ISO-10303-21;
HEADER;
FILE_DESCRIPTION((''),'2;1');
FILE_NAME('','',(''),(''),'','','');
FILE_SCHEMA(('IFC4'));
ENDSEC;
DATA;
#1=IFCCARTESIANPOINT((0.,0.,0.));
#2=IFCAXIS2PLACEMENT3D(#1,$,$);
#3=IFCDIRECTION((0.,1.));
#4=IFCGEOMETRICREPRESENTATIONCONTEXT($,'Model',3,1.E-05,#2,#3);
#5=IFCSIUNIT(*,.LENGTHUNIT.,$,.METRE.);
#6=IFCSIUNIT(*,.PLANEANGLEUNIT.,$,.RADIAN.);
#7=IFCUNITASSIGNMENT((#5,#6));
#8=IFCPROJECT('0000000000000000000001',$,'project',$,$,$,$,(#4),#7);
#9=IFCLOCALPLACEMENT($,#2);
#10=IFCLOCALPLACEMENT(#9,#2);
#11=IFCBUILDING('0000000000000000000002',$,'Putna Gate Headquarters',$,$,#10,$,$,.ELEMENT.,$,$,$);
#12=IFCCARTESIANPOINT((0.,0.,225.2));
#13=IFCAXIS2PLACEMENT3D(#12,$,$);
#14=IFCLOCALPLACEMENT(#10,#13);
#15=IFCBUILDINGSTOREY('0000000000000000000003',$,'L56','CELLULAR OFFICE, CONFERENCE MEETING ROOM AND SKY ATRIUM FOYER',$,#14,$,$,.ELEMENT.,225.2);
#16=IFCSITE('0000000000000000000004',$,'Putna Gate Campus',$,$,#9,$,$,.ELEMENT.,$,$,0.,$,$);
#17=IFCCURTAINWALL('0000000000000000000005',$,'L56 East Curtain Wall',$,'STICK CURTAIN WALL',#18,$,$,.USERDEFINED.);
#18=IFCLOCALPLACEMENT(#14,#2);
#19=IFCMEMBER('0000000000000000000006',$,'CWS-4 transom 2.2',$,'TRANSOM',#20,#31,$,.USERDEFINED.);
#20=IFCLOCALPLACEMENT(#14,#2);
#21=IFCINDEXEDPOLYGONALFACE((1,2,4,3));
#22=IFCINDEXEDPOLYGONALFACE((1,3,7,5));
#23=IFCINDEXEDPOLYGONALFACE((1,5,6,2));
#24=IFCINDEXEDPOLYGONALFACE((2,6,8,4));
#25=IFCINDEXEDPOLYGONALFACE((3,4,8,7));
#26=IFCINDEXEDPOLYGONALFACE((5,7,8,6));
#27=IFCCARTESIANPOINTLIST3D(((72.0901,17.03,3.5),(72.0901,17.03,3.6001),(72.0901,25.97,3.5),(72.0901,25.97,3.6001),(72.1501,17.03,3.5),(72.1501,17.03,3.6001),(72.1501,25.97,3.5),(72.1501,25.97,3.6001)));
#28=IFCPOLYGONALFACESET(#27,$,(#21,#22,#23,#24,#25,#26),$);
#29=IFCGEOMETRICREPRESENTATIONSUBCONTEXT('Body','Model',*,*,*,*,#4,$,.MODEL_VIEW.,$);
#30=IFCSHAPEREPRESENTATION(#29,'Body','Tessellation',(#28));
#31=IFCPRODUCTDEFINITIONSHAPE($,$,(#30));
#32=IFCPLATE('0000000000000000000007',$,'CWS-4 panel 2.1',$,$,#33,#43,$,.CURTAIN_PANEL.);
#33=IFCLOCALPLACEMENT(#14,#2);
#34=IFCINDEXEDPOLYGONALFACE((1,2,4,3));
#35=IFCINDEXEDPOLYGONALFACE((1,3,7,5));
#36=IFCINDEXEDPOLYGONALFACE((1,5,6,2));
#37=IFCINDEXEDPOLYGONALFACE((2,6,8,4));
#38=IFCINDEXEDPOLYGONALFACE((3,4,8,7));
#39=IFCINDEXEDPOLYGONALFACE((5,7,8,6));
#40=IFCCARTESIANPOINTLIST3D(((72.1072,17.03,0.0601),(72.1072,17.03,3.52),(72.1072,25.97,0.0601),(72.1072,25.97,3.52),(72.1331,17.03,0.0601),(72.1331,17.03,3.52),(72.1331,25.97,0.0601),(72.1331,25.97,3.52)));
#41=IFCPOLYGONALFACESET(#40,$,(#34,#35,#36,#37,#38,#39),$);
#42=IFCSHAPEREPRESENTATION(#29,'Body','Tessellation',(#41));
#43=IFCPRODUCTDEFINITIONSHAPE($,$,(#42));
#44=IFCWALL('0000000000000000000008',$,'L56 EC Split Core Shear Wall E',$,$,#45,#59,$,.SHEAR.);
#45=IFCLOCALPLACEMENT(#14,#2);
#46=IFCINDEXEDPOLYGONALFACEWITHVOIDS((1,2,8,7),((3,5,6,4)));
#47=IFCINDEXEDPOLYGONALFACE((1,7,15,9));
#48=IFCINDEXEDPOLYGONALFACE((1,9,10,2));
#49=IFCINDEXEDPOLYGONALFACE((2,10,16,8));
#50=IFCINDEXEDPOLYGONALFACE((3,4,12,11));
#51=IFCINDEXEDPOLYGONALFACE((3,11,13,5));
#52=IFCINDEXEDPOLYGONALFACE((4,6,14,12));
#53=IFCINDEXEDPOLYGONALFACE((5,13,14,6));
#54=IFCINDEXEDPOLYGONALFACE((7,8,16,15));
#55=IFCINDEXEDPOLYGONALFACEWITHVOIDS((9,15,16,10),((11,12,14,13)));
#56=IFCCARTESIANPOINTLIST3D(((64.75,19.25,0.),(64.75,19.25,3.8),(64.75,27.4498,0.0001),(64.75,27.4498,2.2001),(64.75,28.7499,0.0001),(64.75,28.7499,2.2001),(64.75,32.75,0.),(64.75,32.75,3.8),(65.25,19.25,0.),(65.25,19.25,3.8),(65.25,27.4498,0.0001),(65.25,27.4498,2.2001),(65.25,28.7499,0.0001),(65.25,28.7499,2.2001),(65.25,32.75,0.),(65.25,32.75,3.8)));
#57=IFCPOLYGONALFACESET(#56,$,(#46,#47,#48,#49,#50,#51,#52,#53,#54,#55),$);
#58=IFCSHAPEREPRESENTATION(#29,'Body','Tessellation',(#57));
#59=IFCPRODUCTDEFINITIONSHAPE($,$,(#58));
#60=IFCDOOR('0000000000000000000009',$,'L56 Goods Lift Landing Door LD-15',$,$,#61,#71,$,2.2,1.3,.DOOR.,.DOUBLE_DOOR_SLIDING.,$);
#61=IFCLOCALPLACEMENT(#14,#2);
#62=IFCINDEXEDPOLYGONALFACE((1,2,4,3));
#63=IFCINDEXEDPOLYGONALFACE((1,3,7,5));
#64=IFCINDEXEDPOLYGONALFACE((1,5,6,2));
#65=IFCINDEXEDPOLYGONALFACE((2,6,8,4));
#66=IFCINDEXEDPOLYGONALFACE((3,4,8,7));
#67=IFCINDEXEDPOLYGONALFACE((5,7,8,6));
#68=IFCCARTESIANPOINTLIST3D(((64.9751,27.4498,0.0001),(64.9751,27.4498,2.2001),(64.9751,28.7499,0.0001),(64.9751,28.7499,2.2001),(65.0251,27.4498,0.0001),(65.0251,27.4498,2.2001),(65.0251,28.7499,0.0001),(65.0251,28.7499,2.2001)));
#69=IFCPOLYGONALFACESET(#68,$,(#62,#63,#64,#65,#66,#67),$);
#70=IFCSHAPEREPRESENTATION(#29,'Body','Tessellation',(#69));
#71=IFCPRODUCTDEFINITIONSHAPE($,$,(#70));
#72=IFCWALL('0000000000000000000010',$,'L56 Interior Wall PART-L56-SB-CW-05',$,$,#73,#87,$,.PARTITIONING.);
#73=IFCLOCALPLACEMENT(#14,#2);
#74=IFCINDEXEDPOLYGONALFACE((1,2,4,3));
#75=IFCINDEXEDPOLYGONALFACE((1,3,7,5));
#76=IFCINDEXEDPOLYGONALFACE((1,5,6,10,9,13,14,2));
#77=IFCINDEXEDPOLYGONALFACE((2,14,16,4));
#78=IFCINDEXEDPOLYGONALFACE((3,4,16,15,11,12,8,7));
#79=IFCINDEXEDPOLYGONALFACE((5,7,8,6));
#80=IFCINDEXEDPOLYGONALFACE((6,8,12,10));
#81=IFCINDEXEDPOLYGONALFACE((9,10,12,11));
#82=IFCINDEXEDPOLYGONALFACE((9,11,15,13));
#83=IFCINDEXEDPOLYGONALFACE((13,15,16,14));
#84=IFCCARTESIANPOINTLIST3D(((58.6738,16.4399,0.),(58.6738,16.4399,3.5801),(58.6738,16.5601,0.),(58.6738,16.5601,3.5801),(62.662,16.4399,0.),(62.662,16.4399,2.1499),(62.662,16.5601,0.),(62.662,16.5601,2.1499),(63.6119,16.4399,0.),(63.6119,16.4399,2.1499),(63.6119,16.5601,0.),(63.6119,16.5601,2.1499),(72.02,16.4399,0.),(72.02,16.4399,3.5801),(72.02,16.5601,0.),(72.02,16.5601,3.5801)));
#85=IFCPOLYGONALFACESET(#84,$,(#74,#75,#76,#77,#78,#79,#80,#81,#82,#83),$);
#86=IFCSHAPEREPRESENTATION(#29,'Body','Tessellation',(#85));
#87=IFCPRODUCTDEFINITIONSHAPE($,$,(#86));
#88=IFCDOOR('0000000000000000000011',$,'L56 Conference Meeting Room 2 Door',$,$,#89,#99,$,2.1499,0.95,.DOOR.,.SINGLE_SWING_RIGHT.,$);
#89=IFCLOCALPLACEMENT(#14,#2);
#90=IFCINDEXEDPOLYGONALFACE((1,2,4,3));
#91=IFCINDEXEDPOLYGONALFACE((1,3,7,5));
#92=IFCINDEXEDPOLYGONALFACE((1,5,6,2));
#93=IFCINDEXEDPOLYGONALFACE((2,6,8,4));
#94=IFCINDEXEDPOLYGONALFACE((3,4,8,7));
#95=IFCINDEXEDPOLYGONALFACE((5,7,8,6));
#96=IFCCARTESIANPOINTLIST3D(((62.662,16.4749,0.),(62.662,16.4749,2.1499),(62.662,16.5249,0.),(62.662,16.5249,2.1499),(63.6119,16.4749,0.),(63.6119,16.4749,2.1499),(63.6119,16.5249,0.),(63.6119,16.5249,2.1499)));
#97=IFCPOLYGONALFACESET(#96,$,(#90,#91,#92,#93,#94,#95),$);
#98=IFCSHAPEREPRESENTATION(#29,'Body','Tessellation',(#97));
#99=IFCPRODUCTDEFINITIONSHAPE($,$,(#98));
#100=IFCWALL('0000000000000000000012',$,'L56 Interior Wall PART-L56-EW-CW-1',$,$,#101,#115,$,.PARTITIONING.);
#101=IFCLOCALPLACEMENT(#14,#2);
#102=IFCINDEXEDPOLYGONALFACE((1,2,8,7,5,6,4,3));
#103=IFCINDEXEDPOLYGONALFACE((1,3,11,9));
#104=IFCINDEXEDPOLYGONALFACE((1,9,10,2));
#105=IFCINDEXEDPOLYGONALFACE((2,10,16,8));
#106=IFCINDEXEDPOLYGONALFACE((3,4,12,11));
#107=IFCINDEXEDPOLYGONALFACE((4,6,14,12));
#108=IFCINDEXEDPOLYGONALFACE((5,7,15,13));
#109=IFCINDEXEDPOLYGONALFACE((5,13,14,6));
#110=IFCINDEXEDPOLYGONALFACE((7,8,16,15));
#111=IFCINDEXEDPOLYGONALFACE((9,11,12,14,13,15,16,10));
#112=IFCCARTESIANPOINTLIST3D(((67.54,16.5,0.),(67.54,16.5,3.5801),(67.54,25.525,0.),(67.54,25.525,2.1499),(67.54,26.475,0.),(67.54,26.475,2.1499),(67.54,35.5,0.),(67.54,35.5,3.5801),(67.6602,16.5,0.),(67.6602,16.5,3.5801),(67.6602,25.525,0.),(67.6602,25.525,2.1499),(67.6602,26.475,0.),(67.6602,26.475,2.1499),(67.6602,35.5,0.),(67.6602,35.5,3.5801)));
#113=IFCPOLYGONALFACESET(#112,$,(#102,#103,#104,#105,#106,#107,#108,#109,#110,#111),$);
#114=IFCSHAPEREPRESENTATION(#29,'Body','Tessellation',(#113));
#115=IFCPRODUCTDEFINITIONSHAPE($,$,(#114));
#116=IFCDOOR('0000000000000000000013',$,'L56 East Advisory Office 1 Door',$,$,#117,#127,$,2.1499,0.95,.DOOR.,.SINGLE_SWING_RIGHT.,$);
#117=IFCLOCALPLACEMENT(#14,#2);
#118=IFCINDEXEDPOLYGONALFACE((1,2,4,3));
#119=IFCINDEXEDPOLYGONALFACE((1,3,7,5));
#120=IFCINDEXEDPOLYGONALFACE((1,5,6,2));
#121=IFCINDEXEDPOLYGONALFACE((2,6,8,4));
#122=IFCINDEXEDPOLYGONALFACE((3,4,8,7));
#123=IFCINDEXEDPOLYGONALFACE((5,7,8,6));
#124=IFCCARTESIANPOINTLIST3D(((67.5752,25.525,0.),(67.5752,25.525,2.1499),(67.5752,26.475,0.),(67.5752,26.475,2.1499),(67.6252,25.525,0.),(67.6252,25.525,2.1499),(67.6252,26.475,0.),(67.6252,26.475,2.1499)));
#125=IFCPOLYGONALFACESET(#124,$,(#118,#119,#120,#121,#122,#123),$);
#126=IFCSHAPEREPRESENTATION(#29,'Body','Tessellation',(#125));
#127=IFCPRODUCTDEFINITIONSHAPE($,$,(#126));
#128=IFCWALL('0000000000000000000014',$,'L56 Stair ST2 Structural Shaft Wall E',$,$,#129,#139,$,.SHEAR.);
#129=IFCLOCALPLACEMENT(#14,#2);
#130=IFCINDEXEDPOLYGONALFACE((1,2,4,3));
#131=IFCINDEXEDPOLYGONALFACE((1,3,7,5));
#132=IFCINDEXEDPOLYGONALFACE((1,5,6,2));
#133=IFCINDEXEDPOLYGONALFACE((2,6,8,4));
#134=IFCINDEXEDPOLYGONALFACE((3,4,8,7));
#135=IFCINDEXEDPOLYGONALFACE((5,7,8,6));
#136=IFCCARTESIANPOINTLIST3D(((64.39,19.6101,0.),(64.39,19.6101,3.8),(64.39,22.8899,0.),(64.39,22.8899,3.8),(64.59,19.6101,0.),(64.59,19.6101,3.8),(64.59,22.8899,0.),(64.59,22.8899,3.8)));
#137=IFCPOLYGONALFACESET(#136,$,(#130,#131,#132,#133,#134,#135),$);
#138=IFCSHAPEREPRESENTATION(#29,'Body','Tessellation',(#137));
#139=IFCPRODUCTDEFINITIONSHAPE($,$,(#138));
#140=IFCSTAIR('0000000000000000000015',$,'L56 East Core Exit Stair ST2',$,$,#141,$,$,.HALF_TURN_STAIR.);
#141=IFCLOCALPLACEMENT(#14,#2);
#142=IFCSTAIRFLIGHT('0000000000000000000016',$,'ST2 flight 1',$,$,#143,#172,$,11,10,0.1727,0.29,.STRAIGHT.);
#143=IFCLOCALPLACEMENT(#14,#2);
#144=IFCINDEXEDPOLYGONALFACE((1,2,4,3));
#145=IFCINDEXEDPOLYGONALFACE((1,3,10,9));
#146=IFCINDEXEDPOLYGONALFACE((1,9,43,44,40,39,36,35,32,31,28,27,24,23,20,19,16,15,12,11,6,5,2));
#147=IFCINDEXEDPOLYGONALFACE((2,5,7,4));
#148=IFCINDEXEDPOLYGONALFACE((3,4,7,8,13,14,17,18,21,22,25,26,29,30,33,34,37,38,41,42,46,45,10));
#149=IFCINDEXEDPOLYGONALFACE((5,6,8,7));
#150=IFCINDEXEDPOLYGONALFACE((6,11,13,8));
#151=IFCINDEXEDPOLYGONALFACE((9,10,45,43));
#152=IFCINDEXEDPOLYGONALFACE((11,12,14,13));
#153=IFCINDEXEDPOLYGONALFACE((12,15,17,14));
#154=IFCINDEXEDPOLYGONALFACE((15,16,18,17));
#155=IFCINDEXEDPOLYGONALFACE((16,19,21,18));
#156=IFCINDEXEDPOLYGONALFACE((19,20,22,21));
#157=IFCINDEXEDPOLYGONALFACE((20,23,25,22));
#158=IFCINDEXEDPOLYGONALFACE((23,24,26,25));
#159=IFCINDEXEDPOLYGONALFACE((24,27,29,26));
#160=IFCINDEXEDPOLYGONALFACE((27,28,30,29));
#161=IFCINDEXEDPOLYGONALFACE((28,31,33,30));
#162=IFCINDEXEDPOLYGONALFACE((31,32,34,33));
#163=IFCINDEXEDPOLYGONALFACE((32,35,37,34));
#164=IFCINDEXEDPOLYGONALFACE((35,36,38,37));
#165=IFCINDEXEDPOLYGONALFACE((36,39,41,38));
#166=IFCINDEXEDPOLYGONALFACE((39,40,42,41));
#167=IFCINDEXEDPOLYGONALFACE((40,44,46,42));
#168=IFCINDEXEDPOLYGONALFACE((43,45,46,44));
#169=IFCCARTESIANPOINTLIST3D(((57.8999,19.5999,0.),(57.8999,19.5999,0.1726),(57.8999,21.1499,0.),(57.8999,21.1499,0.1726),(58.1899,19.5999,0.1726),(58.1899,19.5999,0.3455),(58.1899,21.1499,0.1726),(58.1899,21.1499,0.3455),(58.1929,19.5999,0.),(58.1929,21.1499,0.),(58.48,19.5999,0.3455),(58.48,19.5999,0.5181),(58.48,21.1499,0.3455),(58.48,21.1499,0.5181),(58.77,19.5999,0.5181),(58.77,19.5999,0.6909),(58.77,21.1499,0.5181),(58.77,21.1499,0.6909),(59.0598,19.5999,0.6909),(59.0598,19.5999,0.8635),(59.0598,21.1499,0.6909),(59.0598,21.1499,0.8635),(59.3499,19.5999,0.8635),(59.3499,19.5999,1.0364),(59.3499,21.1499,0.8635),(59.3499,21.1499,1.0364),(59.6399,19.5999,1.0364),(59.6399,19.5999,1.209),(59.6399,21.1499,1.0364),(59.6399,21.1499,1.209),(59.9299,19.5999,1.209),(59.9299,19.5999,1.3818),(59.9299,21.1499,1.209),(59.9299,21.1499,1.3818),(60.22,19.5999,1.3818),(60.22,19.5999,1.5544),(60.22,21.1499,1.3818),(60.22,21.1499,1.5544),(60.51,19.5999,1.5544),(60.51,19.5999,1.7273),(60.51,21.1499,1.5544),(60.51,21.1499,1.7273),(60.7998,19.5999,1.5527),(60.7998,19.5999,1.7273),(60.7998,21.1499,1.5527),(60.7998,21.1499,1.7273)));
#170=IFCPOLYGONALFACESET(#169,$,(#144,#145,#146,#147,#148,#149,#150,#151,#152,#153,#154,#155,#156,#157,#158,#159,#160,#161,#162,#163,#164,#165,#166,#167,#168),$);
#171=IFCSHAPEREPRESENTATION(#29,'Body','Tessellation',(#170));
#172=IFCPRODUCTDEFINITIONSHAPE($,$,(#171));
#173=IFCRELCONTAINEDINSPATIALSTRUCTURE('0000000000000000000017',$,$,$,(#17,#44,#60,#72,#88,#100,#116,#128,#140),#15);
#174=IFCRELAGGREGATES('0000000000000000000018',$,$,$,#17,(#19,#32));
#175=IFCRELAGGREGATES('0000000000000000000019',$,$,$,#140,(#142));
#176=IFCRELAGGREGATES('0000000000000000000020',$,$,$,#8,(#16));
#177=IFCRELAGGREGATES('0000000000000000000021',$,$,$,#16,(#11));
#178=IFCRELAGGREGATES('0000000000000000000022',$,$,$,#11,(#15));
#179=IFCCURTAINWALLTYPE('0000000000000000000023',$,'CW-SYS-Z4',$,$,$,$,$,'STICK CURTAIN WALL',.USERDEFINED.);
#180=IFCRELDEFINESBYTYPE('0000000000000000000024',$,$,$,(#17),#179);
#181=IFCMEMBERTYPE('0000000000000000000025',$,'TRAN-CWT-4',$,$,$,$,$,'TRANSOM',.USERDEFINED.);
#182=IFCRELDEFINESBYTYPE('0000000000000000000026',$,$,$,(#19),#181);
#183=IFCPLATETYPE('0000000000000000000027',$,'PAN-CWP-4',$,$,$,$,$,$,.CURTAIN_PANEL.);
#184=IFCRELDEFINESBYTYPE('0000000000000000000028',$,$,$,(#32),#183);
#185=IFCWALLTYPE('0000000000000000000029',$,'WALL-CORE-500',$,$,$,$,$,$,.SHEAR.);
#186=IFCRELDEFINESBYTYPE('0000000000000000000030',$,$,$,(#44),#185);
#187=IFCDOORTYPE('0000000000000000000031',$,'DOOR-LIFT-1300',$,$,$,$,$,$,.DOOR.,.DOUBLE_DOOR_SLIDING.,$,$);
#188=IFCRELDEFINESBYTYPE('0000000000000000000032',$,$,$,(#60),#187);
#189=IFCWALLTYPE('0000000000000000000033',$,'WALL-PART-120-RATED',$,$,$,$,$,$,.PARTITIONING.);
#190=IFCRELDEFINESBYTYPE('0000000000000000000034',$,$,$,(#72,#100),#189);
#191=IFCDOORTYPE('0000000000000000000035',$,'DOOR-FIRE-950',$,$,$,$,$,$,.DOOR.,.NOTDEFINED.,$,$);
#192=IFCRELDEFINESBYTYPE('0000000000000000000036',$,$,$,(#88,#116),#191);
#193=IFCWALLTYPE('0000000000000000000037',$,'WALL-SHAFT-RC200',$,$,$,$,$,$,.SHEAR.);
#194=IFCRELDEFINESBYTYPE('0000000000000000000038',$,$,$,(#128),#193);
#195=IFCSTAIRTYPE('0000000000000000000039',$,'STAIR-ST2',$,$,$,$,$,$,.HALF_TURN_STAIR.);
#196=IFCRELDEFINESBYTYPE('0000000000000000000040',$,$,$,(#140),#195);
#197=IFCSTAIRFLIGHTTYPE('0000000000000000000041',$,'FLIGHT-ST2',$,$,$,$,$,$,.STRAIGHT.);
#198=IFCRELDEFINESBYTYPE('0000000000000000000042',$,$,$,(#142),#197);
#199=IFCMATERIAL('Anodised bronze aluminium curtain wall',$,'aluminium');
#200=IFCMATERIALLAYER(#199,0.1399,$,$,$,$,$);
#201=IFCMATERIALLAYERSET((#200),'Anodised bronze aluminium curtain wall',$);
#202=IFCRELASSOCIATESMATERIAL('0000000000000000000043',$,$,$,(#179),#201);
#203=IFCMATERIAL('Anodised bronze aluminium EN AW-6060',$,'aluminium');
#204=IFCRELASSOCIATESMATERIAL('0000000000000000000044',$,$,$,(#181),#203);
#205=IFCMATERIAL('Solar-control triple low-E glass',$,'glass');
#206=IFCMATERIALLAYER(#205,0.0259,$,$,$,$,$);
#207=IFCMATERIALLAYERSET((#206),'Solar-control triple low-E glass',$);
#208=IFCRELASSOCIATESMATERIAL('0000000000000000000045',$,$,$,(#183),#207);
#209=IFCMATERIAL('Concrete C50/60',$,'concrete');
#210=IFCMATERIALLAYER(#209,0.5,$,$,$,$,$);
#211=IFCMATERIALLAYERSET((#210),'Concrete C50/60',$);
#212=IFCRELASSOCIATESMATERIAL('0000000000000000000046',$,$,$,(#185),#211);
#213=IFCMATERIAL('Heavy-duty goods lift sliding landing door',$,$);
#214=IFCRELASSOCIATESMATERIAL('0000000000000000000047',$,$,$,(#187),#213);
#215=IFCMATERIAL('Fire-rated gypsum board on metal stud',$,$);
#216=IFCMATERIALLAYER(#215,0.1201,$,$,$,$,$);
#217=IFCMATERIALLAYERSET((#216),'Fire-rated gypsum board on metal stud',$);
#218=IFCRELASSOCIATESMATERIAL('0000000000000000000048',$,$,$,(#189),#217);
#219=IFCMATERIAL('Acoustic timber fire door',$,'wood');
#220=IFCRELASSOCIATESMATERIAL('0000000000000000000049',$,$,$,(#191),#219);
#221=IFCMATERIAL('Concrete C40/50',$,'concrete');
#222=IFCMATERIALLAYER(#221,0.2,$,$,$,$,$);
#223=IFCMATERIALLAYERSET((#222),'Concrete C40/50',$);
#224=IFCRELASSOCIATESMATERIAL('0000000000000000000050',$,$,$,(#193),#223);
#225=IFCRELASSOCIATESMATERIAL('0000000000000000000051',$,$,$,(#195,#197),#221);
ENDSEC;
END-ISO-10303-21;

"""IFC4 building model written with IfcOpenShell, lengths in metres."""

from ifc_helpers import new_model, si_unit, direction, frame, frame_2d, origin, origin_2d, place, context, subcontext, project, spatial, polyline, rectangle, outline, extrude, material, layer, layer_set, material_profile, profile_set, type_object, element, fill, aggregate, save


model = new_model("IFC4")

# Units and contexts
model_context = context("Model", 3, precision=1e-05, world=origin(), true_north=direction((0.0, 1.0)))
body_context = subcontext(model_context, "Body", "Model", "MODEL_VIEW")
ifc_project = project(units=[si_unit("LENGTHUNIT", "METRE"), si_unit("PLANEANGLEUNIT", "RADIAN")], contexts=[model_context])

# Site, building, storey
site_placement = place(None, origin())
site = spatial("IfcSite", under=ifc_project, at=site_placement, Name="Putna Gate Campus", CompositionType="ELEMENT", RefElevation=0.0)
building_placement = place(site_placement, origin())
building = spatial("IfcBuilding", under=site, at=building_placement, Name="Putna Gate Headquarters", CompositionType="ELEMENT")
storey_placement = place(building_placement, frame((0.0, 0.0, 225.2)))
storey = spatial("IfcBuildingStorey", under=building, at=storey_placement, Name="L56", Description="CELLULAR OFFICE, CONFERENCE MEETING ROOM AND SKY ATRIUM FOYER", CompositionType="ELEMENT", Elevation=225.2)

# Curtain wall, member, plate
ifc_material_1 = material(Name="Anodised bronze aluminium curtain wall", Category="aluminium")
ifc_layer_1 = layer(ifc_material_1, 0.1399)
ifc_layer_set_1 = layer_set([ifc_layer_1], Name="Anodised bronze aluminium curtain wall")
curtain_wall_type = type_object("IfcCurtainWallType", Name="CW-SYS-Z4", ElementType="STICK CURTAIN WALL", PredefinedType="USERDEFINED", material=ifc_layer_set_1)
curtain_wall_placement = place(storey_placement, origin())
curtain_wall = element("IfcCurtainWall", 1, at=curtain_wall_placement, inside=storey, type_object=curtain_wall_type, Name="L56 East Curtain Wall", ObjectType="STICK CURTAIN WALL", PredefinedType="USERDEFINED")
ifc_material_2 = material(Name="Anodised bronze aluminium EN AW-6060", Category="aluminium")
ifc_material_profile_1 = material_profile(ifc_material_2, rectangle(XDim=0.0601, YDim=0.1001, at=origin_2d()), Name="Anodised bronze aluminium EN AW-6060")
ifc_profile_set_1 = profile_set([ifc_material_profile_1], Name="Anodised bronze aluminium EN AW-6060")
member_type_1 = type_object("IfcMemberType", Name="TRAN-CWT-4", ElementType="TRANSOM", PredefinedType="USERDEFINED", material=ifc_profile_set_1)
member_1_placement = place(storey_placement, frame((72.1201, 17.03, 3.55), z_axis=(0.0, 1.0, 0.0), x_axis=(-1.0, 0.0, 0.0)))
member_1 = element("IfcMember", 2, at=member_1_placement, type_object=member_type_1, Name="CWS-4 transom 2.2", ObjectType="TRANSOM", PredefinedType="USERDEFINED", context=body_context, shape_type="SweptSolid", body=[
    extrude(rectangle(XDim=0.0601, YDim=0.1001, at=origin_2d()), origin(), (0.0, 0.0, 1.0), 8.9399),
])
ifc_material_3 = material(Name="Solar-control triple low-E glass", Category="glass")
ifc_layer_2 = layer(ifc_material_3, 0.0259)
ifc_layer_set_2 = layer_set([ifc_layer_2], Name="Solar-control triple low-E glass")
plate_type = type_object("IfcPlateType", Name="PAN-CWP-4", PredefinedType="CURTAIN_PANEL", material=ifc_layer_set_2)
plate_placement = place(storey_placement, frame((72.1201, 21.5, 0.0601), z_axis=(0.0, 0.0, 1.0), x_axis=(0.0, 1.0, 0.0)))
plate = element("IfcPlate", 3, at=plate_placement, type_object=plate_type, Name="CWS-4 panel 2.1", PredefinedType="CURTAIN_PANEL", context=body_context, shape_type="SweptSolid", body=[
    extrude(rectangle(XDim=8.9399, YDim=0.0259, at=origin_2d()), origin(), (0.0, 0.0, 1.0), 3.46),
])
aggregate(curtain_wall, [member_1, plate])

# Walls, openings, doors
ifc_material_4 = material(Name="Concrete C50/60", Category="concrete")
ifc_layer_3 = layer(ifc_material_4, 0.5)
ifc_layer_set_3 = layer_set([ifc_layer_3], Name="Concrete C50/60")
wall_type_1 = type_object("IfcWallType", Name="WALL-CORE-500", PredefinedType="SHEAR", material=ifc_layer_set_3)
wall_1_placement = place(storey_placement, frame((65.0, 19.25, 0.0), z_axis=(0.0, 0.0, 1.0), x_axis=(0.0, 1.0, 0.0)))
wall_1 = element("IfcWall", 4, at=wall_1_placement, inside=storey, type_object=wall_type_1, Name="L56 EC Split Core Shear Wall E", PredefinedType="SHEAR", context=body_context, shape_type="SweptSolid", body=[
    extrude(rectangle(XDim=13.5, YDim=0.5, at=frame_2d((6.75, 0.0))), origin(), (0.0, 0.0, 1.0), 3.8),
])
opening_1_placement = place(wall_1_placement, frame((8.2, 0.0, 0.0)))
opening_1 = element("IfcOpeningElement", 5, at=opening_1_placement, cuts=wall_1, PredefinedType="OPENING", context=body_context, shape_type="SweptSolid", body=[
    extrude(rectangle(XDim=1.3, YDim=2.2, at=frame_2d((0.6499, 1.1001))), frame((0.0, 0.26, 0.0), z_axis=(0.0, -1.0, 0.0), x_axis=(1.0, 0.0, 0.0)), (0.0, 0.0, 1.0), 0.52),
])
ifc_material_5 = material(Name="Heavy-duty goods lift sliding landing door")
door_type_1 = type_object("IfcDoorType", Name="DOOR-LIFT-1300", OperationType="DOUBLE_DOOR_SLIDING", PredefinedType="DOOR", material=ifc_material_5)
door_1_placement = place(opening_1_placement, origin())
door_1 = element("IfcDoor", 6, at=door_1_placement, inside=storey, type_object=door_type_1, Name="L56 Goods Lift Landing Door LD-15", OperationType="DOUBLE_DOOR_SLIDING", OverallHeight=2.2, OverallWidth=1.3, PredefinedType="DOOR", context=body_context, shape_type="SweptSolid", body=[
    extrude(rectangle(XDim=1.3, YDim=2.2, at=frame_2d((0.6499, 1.1001))), frame((0.0, 0.0249, 0.0), z_axis=(0.0, -1.0, 0.0), x_axis=(1.0, 0.0, 0.0)), (0.0, 0.0, 1.0), 0.05),
])
fill(opening_1, door_1)
ifc_material_6 = material(Name="Fire-rated gypsum board on metal stud")
ifc_layer_4 = layer(ifc_material_6, 0.1201)
ifc_layer_set_4 = layer_set([ifc_layer_4], Name="Fire-rated gypsum board on metal stud")
wall_type_2 = type_object("IfcWallType", Name="WALL-PART-120-RATED", PredefinedType="PARTITIONING", material=ifc_layer_set_4)
wall_2_placement = place(storey_placement, frame((58.6738, 16.5, 0.0), z_axis=(0.0, 0.0, 1.0), x_axis=(1.0, 0.0, 0.0)))
wall_2 = element("IfcWall", 7, at=wall_2_placement, inside=storey, type_object=wall_type_2, Name="L56 Interior Wall PART-L56-SB-CW-05", PredefinedType="PARTITIONING", context=body_context, shape_type="SweptSolid", body=[
    extrude(rectangle(XDim=13.3462, YDim=0.1201, at=frame_2d((6.6731, 0.0))), origin(), (0.0, 0.0, 1.0), 3.5801),
])
opening_2_placement = place(wall_2_placement, frame((3.988, 0.0, 0.0)))
opening_2 = element("IfcOpeningElement", 8, at=opening_2_placement, cuts=wall_2, PredefinedType="OPENING", context=body_context, shape_type="SweptSolid", body=[
    extrude(rectangle(XDim=0.95, YDim=2.1499, at=frame_2d((0.4751, 1.075))), frame((0.0, 0.0701, 0.0), z_axis=(0.0, -1.0, 0.0), x_axis=(1.0, 0.0, 0.0)), (0.0, 0.0, 1.0), 0.1401),
])
ifc_material_7 = material(Name="Acoustic timber fire door", Category="wood")
door_type_2 = type_object("IfcDoorType", Name="DOOR-FIRE-950", OperationType="NOTDEFINED", PredefinedType="DOOR", material=ifc_material_7)
door_2_placement = place(opening_2_placement, origin())
door_2 = element("IfcDoor", 9, at=door_2_placement, inside=storey, type_object=door_type_2, Name="L56 Conference Meeting Room 2 Door", OperationType="SINGLE_SWING_RIGHT", OverallHeight=2.1499, OverallWidth=0.95, PredefinedType="DOOR", context=body_context, shape_type="SweptSolid", body=[
    extrude(rectangle(XDim=0.95, YDim=2.1499, at=frame_2d((0.4751, 1.075))), frame((0.0, 0.0249, 0.0), z_axis=(0.0, -1.0, 0.0), x_axis=(1.0, 0.0, 0.0)), (0.0, 0.0, 1.0), 0.05),
])
fill(opening_2, door_2)
wall_3_placement = place(storey_placement, frame((67.6001, 16.5, 0.0), z_axis=(0.0, 0.0, 1.0), x_axis=(0.0, 1.0, 0.0)))
wall_3 = element("IfcWall", 10, at=wall_3_placement, inside=storey, type_object=wall_type_2, Name="L56 Interior Wall PART-L56-EW-CW-1", PredefinedType="PARTITIONING", context=body_context, shape_type="SweptSolid", body=[
    extrude(rectangle(XDim=19.0, YDim=0.1201, at=frame_2d((9.5, 0.0))), origin(), (0.0, 0.0, 1.0), 3.5801),
])
opening_3_placement = place(wall_3_placement, frame((9.0249, 0.0, 0.0)))
opening_3 = element("IfcOpeningElement", 11, at=opening_3_placement, cuts=wall_3, PredefinedType="OPENING", context=body_context, shape_type="SweptSolid", body=[
    extrude(rectangle(XDim=0.95, YDim=2.1499, at=frame_2d((0.4751, 1.075))), frame((0.0, 0.0701, 0.0), z_axis=(0.0, -1.0, 0.0), x_axis=(1.0, 0.0, 0.0)), (0.0, 0.0, 1.0), 0.1401),
])
door_3_placement = place(opening_3_placement, origin())
door_3 = element("IfcDoor", 12, at=door_3_placement, inside=storey, type_object=door_type_2, Name="L56 East Advisory Office 1 Door", OperationType="SINGLE_SWING_RIGHT", OverallHeight=2.1499, OverallWidth=0.95, PredefinedType="DOOR", context=body_context, shape_type="SweptSolid", body=[
    extrude(rectangle(XDim=0.95, YDim=2.1499, at=frame_2d((0.4751, 1.075))), frame((0.0, 0.0249, 0.0), z_axis=(0.0, -1.0, 0.0), x_axis=(1.0, 0.0, 0.0)), (0.0, 0.0, 1.0), 0.05),
])
fill(opening_3, door_3)

# Wall
ifc_material_8 = material(Name="Concrete C40/50", Category="concrete")
ifc_layer_5 = layer(ifc_material_8, 0.2)
ifc_layer_set_5 = layer_set([ifc_layer_5], Name="Concrete C40/50")
wall_type_3 = type_object("IfcWallType", Name="WALL-SHAFT-RC200", PredefinedType="SHEAR", material=ifc_layer_set_5)
wall_4_placement = place(storey_placement, frame((64.49, 19.6101, 0.0), z_axis=(0.0, 0.0, 1.0), x_axis=(0.0, 1.0, 0.0)))
element("IfcWall", 13, at=wall_4_placement, inside=storey, type_object=wall_type_3, Name="L56 Stair ST2 Structural Shaft Wall E", PredefinedType="SHEAR", context=body_context, shape_type="SweptSolid", body=[
    extrude(rectangle(XDim=3.2798, YDim=0.2, at=frame_2d((1.6399, 0.0))), origin(), (0.0, 0.0, 1.0), 3.8),
])

# Stair, stair flight
stair_type = type_object("IfcStairType", Name="STAIR-ST2", PredefinedType="HALF_TURN_STAIR", material=ifc_material_8)
stair_placement = place(storey_placement, origin())
stair = element("IfcStair", 14, at=stair_placement, inside=storey, type_object=stair_type, Name="L56 East Core Exit Stair ST2", PredefinedType="HALF_TURN_STAIR")
stair_flight_type = type_object("IfcStairFlightType", Name="FLIGHT-ST2", PredefinedType="STRAIGHT", material=ifc_material_8)
stair_flight_1_placement = place(storey_placement, frame((57.8999, 20.375, 0.0), z_axis=(0.0, 0.0, 1.0), x_axis=(1.0, 0.0, 0.0)))
stair_flight_1 = element("IfcStairFlight", 15, at=stair_flight_1_placement, type_object=stair_flight_type, Name="ST2 flight 1", NumberOfRisers=11, NumberOfTreads=10, PredefinedType="STRAIGHT", RiserHeight=0.1727, TreadLength=0.29, context=body_context, shape_type="SweptSolid", body=[
    extrude(outline(polyline([(0.0, 0.0), (0.0, 0.1726), (0.29, 0.1726), (0.29, 0.3455), (0.5801, 0.3455), (0.5801, 0.5181), (0.8701, 0.5181), (0.8701, 0.6909), (1.1599, 0.6909), (1.1599, 0.8635), (1.45, 0.8635), (1.45, 1.0364), (1.74, 1.0364), (1.74, 1.209), (2.03, 1.209), (2.03, 1.3818), (2.3201, 1.3818), (2.3201, 1.5544), (2.6101, 1.5544), (2.6101, 1.7273), (2.8999, 1.7273), (2.8999, 1.8999), (2.8999, 1.5527), (0.293, 0.0), (0.0, 0.0)])), frame((0.0, 0.7749, 0.0), z_axis=(0.0, -1.0, 0.0), x_axis=(1.0, 0.0, 0.0)), (0.0, 0.0, 1.0), 1.55),
])
aggregate(stair, [stair_flight_1])

save(model, "model.ifc")
